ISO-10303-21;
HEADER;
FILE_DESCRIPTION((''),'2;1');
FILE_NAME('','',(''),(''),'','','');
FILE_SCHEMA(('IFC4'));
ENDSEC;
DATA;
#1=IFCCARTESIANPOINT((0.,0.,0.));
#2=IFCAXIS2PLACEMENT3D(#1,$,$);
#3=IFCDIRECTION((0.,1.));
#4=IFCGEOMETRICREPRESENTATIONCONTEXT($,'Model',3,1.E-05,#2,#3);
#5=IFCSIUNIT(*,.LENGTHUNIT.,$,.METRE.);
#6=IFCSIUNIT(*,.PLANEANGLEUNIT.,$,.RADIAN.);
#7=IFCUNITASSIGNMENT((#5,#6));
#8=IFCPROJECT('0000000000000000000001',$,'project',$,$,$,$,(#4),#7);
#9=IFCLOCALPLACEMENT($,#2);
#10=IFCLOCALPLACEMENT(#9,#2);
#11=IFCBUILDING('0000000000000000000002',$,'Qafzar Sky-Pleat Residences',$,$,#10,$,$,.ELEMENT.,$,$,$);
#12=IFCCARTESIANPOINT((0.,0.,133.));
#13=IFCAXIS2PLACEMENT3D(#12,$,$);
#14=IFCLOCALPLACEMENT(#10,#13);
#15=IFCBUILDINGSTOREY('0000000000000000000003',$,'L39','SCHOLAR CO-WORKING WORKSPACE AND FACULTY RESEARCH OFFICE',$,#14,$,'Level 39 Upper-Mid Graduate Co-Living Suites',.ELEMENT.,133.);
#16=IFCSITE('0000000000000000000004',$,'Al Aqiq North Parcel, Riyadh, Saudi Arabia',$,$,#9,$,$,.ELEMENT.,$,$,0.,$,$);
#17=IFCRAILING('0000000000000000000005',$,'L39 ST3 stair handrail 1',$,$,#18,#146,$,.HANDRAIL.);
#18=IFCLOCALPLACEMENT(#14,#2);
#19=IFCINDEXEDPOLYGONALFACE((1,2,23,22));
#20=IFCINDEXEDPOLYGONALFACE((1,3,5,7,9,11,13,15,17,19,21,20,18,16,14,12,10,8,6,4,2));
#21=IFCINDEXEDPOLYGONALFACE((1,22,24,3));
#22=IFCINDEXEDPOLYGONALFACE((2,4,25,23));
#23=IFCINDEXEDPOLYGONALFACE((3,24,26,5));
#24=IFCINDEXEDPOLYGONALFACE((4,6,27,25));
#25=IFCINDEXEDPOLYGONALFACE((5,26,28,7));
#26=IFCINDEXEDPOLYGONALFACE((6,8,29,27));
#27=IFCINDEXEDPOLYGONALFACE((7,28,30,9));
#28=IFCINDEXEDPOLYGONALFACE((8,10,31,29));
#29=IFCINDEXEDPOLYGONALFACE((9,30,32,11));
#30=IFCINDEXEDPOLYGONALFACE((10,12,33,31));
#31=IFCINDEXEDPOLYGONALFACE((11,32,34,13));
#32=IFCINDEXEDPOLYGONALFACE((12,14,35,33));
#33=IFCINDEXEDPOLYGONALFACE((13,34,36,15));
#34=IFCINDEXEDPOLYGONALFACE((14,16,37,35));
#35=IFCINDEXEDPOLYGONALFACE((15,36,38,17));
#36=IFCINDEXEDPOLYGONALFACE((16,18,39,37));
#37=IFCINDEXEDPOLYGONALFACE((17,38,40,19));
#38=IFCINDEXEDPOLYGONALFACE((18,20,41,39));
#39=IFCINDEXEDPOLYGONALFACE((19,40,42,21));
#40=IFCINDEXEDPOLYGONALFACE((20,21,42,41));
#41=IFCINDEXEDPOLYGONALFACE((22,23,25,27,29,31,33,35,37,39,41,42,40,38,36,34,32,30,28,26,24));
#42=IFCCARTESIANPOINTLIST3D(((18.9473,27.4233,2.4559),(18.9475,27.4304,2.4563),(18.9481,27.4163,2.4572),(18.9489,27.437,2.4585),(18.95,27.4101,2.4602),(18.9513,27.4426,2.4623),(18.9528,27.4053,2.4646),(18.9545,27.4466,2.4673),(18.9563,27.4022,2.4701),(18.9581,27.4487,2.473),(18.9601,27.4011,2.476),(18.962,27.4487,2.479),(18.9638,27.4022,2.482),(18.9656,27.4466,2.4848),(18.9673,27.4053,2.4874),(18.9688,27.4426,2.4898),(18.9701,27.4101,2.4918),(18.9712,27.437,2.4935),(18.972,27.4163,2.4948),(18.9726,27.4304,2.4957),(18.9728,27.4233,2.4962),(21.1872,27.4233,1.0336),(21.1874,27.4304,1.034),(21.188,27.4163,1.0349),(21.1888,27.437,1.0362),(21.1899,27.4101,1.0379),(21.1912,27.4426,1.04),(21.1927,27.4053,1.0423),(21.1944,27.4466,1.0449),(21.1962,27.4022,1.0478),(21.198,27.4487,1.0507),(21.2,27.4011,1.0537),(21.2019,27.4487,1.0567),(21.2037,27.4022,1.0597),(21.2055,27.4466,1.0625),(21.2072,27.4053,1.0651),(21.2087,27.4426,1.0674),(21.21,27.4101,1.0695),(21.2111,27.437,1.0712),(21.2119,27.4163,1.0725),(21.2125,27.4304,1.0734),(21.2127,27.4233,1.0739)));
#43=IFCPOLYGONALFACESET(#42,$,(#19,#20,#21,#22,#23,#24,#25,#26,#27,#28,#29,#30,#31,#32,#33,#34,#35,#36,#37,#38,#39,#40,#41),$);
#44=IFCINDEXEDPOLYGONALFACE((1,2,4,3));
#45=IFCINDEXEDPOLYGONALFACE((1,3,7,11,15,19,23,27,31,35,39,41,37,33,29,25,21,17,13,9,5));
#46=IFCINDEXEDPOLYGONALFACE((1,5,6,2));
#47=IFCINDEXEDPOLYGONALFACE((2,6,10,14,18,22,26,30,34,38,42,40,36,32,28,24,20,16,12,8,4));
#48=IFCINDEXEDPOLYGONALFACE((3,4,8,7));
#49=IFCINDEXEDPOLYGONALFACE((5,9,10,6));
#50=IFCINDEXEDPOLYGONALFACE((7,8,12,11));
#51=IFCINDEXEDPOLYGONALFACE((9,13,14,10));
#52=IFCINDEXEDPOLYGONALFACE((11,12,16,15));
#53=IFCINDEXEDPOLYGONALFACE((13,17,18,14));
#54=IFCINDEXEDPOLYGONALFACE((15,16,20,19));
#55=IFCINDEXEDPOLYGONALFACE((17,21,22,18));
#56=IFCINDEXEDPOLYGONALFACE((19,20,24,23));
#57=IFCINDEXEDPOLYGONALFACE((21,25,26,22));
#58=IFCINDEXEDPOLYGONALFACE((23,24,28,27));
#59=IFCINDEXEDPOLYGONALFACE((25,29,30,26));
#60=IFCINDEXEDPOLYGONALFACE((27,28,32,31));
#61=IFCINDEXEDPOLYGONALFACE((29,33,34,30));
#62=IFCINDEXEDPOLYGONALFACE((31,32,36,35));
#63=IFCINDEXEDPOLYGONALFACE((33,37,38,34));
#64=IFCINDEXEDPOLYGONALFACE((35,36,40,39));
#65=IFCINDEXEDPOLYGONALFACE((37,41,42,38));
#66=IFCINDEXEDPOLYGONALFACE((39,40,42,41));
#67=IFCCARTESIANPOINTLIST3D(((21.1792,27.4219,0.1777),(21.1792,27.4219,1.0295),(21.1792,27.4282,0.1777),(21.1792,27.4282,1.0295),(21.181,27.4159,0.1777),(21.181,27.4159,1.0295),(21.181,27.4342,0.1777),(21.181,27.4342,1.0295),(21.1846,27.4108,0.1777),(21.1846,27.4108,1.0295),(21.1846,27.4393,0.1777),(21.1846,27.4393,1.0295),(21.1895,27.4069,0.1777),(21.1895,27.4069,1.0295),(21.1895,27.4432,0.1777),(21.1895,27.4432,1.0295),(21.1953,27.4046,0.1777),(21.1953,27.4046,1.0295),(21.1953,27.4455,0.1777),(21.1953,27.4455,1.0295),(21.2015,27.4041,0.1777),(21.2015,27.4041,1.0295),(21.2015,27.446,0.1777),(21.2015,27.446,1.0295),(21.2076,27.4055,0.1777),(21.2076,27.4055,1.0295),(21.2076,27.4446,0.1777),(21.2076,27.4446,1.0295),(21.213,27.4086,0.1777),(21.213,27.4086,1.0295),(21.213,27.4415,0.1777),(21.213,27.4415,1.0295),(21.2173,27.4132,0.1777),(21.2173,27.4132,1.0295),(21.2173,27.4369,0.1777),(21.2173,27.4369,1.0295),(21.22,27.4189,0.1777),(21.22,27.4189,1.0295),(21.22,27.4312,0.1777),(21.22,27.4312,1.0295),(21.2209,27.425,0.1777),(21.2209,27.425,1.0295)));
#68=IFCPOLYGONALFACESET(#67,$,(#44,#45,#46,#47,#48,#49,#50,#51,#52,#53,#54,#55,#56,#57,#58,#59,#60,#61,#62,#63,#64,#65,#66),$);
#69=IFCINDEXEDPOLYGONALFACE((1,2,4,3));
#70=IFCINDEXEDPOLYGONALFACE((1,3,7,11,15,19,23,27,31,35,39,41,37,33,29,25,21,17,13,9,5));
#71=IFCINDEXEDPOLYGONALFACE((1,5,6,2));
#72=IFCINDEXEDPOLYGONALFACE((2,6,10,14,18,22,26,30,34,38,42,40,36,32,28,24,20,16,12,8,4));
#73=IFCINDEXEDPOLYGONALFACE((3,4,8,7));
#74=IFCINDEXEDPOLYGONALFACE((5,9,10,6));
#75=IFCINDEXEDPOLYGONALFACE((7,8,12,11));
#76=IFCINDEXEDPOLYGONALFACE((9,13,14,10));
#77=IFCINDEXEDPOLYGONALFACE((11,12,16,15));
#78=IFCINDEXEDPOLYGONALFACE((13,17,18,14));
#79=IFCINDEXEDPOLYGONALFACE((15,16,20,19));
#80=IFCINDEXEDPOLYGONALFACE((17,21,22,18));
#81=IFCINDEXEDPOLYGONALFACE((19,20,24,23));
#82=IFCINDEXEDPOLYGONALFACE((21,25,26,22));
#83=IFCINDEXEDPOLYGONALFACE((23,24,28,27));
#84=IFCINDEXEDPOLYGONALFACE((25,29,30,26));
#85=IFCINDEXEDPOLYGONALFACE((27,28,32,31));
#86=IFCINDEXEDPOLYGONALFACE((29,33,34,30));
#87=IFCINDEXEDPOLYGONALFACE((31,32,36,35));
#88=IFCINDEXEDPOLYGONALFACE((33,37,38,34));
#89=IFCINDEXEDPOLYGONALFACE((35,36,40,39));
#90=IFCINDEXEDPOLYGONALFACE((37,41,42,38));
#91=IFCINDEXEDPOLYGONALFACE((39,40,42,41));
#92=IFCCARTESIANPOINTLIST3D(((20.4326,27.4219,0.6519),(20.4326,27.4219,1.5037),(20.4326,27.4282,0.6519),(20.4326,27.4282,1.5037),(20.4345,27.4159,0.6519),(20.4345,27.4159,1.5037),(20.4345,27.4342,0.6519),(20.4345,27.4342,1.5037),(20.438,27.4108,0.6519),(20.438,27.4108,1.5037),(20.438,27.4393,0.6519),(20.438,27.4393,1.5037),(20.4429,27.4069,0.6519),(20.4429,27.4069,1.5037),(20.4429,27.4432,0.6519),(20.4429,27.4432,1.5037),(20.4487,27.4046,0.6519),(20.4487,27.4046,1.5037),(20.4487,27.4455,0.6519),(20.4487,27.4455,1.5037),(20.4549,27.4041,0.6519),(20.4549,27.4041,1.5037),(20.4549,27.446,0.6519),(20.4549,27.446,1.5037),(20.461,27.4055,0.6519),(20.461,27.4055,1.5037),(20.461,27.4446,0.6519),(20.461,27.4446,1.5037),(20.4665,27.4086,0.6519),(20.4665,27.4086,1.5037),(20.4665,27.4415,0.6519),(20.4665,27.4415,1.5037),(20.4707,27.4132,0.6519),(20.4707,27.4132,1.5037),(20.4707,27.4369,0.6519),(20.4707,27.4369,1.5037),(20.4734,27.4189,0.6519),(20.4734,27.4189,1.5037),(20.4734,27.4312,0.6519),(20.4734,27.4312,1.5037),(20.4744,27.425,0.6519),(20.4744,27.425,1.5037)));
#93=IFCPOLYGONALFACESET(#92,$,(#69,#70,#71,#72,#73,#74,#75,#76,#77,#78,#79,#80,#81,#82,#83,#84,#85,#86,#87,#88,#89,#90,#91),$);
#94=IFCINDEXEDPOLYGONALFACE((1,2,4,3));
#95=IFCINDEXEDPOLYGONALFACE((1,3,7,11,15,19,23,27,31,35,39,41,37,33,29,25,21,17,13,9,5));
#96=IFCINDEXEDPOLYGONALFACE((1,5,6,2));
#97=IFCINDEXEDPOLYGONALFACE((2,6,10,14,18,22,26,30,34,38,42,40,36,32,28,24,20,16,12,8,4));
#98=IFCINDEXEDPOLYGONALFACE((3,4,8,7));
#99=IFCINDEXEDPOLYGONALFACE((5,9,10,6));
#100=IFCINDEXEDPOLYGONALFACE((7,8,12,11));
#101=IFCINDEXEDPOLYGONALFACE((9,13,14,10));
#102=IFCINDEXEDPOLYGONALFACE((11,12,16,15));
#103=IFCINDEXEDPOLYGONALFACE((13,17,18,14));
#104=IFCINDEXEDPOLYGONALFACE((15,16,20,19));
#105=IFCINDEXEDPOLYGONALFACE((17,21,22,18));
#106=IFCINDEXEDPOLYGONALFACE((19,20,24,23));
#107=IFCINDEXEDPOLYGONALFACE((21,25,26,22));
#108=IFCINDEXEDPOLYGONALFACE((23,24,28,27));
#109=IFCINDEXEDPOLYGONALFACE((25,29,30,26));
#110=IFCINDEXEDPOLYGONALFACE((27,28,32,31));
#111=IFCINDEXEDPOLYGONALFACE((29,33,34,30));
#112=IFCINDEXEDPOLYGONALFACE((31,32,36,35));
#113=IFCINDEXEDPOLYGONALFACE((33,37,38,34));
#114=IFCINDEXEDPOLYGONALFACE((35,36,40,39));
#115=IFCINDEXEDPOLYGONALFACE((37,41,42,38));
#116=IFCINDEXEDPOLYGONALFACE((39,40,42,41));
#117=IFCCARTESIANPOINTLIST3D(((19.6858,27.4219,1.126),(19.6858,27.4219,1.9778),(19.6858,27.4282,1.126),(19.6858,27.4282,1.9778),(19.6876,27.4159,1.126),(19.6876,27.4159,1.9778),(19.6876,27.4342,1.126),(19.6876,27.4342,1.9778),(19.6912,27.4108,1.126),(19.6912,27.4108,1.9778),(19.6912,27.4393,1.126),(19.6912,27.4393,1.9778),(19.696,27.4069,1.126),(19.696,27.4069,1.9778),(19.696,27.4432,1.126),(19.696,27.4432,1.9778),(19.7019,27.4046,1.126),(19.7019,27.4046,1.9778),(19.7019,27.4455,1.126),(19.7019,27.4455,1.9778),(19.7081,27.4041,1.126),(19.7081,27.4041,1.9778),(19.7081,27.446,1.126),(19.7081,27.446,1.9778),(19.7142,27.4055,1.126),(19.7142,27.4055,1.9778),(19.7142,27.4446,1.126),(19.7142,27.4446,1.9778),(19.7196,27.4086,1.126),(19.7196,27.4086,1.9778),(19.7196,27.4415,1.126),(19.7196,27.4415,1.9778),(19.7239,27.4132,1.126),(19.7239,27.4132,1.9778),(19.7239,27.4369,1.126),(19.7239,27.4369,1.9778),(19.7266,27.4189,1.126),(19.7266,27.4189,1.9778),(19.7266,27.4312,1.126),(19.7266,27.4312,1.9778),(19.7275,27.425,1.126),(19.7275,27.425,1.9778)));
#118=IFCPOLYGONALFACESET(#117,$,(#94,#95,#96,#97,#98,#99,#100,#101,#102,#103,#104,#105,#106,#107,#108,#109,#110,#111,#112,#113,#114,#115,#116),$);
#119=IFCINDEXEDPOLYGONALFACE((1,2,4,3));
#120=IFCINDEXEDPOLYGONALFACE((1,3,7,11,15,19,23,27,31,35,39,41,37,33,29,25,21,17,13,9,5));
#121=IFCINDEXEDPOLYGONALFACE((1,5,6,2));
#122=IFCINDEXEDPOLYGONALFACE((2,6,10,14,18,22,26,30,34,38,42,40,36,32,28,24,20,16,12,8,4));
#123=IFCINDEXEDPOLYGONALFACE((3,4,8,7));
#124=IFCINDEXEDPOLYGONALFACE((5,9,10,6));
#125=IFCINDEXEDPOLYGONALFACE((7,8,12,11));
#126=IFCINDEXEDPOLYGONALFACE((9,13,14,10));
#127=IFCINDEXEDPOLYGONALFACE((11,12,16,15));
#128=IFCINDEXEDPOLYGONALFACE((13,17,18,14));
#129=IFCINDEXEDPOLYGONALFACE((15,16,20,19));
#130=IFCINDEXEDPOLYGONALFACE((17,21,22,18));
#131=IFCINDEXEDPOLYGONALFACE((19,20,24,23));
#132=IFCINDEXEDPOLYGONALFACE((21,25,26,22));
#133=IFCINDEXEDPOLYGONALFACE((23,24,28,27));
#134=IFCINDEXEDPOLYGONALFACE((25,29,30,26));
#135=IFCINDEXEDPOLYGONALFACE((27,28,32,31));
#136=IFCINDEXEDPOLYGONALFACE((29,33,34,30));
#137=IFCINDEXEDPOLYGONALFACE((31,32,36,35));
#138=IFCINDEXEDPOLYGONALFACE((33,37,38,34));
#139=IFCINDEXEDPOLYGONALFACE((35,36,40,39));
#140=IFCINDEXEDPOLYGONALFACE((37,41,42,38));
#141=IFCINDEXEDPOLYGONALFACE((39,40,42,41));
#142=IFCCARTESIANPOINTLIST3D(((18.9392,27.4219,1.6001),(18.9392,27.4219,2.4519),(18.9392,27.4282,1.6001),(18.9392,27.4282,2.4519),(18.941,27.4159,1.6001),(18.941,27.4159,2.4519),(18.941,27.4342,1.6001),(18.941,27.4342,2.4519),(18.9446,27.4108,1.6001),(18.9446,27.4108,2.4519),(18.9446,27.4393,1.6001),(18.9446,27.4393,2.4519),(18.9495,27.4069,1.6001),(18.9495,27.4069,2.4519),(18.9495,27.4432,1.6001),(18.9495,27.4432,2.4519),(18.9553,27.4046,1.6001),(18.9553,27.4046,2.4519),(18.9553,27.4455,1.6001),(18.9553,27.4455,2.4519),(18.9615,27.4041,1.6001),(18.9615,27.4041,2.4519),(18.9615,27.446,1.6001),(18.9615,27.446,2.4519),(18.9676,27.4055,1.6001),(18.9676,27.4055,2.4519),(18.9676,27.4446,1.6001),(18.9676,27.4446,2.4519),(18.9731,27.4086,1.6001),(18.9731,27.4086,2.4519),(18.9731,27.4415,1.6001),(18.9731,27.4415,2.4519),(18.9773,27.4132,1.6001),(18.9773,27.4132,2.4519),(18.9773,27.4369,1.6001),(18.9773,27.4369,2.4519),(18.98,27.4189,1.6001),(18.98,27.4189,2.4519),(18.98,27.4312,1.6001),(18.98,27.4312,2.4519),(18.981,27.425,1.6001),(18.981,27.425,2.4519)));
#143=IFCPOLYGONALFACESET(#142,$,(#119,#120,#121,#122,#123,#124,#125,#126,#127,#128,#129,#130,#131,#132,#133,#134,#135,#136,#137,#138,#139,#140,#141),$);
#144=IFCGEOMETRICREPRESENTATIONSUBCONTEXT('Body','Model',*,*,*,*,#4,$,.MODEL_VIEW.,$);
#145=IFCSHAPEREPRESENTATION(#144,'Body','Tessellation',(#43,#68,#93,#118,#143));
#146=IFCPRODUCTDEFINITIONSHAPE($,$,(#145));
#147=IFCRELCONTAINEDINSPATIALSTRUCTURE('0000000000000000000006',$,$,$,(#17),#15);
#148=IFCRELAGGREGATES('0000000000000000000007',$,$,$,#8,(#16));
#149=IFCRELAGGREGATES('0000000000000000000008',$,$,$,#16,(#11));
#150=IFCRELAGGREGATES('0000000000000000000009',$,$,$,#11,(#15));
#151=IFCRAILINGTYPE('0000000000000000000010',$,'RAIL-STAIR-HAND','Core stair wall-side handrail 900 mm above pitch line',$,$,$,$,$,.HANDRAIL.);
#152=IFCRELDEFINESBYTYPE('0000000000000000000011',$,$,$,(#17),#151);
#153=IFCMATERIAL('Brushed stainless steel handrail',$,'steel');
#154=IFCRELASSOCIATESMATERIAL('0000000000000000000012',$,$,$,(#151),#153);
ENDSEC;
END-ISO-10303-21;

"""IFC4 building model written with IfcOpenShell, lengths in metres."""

from ifc_helpers import new_model, si_unit, direction, frame, origin, origin_2d, place, context, subcontext, project, spatial, circle, extrude, source, transform, mapped, material, type_object, element, save


model = new_model("IFC4")

# Units and contexts
model_context = context("Model", 3, precision=1e-05, world=origin(), true_north=direction((0.0, 1.0)))
body_context = subcontext(model_context, "Body", "Model", "MODEL_VIEW")
ifc_project = project(units=[si_unit("LENGTHUNIT", "METRE"), si_unit("PLANEANGLEUNIT", "RADIAN")], contexts=[model_context])

# Site, building, storey
site_placement = place(None, origin())
site = spatial("IfcSite", under=ifc_project, at=site_placement, Name="Al Aqiq North Parcel, Riyadh, Saudi Arabia", CompositionType="ELEMENT", RefElevation=0.0)
building_placement = place(site_placement, origin())
building = spatial("IfcBuilding", under=site, at=building_placement, Name="Qafzar Sky-Pleat Residences", CompositionType="ELEMENT")
storey_placement = place(building_placement, frame((0.0, 0.0, 133.0)))
storey = spatial("IfcBuildingStorey", under=building, at=storey_placement, Name="L39", Description="SCHOLAR CO-WORKING WORKSPACE AND FACULTY RESEARCH OFFICE", LongName="Level 39 Upper-Mid Graduate Co-Living Suites", CompositionType="ELEMENT", Elevation=133.0)

# Railing
ifc_material_1 = material(Name="Brushed stainless steel handrail", Category="steel")
railing_type_1 = type_object("IfcRailingType", Name="RAIL-STAIR-HAND", Description="Core stair wall-side handrail 900 mm above pitch line", PredefinedType="HANDRAIL", material=ifc_material_1)
shared_shape_1 = source(origin(), body_context, "Body", "SweptSolid", [
    extrude(circle(Radius=0.0239, at=origin_2d()), frame((0.0, 0.0, 0.876), z_axis=(-0.844188, 0.0, 0.536048), x_axis=(0.0, -1.0, 0.0)), (0.0, 0.0, 1.0), 2.6533),
    extrude(circle(Radius=0.021, at=origin_2d()), origin(), (0.0, 0.0, 1.0), 0.8518),
    extrude(circle(Radius=0.021, at=origin_2d()), frame((-0.7466, 0.0, 0.4741)), (0.0, 0.0, 1.0), 0.8518),
    extrude(circle(Radius=0.021, at=origin_2d()), frame((-1.4934, 0.0, 0.9482)), (0.0, 0.0, 1.0), 0.8518),
    extrude(circle(Radius=0.021, at=origin_2d()), frame((-2.24, 0.0, 1.4224)), (0.0, 0.0, 1.0), 0.8518),
])
railing_1_placement = place(storey_placement, frame((21.2, 27.425, 0.1777)))
element("IfcRailing", 1, at=railing_1_placement, inside=storey, type_object=railing_type_1, Name="L39 ST3 stair handrail 1", PredefinedType="HANDRAIL", context=body_context, shape_type="MappedRepresentation", body=[
    mapped(shared_shape_1, transform((0.0, 0.0, 0.0), x_axis=(1.0, 0.0, 0.0), y_axis=(0.0, 1.0, 0.0), z_axis=(0.0, 0.0, 1.0), scale=1.0)),
])

save(model, "model.ifc")
